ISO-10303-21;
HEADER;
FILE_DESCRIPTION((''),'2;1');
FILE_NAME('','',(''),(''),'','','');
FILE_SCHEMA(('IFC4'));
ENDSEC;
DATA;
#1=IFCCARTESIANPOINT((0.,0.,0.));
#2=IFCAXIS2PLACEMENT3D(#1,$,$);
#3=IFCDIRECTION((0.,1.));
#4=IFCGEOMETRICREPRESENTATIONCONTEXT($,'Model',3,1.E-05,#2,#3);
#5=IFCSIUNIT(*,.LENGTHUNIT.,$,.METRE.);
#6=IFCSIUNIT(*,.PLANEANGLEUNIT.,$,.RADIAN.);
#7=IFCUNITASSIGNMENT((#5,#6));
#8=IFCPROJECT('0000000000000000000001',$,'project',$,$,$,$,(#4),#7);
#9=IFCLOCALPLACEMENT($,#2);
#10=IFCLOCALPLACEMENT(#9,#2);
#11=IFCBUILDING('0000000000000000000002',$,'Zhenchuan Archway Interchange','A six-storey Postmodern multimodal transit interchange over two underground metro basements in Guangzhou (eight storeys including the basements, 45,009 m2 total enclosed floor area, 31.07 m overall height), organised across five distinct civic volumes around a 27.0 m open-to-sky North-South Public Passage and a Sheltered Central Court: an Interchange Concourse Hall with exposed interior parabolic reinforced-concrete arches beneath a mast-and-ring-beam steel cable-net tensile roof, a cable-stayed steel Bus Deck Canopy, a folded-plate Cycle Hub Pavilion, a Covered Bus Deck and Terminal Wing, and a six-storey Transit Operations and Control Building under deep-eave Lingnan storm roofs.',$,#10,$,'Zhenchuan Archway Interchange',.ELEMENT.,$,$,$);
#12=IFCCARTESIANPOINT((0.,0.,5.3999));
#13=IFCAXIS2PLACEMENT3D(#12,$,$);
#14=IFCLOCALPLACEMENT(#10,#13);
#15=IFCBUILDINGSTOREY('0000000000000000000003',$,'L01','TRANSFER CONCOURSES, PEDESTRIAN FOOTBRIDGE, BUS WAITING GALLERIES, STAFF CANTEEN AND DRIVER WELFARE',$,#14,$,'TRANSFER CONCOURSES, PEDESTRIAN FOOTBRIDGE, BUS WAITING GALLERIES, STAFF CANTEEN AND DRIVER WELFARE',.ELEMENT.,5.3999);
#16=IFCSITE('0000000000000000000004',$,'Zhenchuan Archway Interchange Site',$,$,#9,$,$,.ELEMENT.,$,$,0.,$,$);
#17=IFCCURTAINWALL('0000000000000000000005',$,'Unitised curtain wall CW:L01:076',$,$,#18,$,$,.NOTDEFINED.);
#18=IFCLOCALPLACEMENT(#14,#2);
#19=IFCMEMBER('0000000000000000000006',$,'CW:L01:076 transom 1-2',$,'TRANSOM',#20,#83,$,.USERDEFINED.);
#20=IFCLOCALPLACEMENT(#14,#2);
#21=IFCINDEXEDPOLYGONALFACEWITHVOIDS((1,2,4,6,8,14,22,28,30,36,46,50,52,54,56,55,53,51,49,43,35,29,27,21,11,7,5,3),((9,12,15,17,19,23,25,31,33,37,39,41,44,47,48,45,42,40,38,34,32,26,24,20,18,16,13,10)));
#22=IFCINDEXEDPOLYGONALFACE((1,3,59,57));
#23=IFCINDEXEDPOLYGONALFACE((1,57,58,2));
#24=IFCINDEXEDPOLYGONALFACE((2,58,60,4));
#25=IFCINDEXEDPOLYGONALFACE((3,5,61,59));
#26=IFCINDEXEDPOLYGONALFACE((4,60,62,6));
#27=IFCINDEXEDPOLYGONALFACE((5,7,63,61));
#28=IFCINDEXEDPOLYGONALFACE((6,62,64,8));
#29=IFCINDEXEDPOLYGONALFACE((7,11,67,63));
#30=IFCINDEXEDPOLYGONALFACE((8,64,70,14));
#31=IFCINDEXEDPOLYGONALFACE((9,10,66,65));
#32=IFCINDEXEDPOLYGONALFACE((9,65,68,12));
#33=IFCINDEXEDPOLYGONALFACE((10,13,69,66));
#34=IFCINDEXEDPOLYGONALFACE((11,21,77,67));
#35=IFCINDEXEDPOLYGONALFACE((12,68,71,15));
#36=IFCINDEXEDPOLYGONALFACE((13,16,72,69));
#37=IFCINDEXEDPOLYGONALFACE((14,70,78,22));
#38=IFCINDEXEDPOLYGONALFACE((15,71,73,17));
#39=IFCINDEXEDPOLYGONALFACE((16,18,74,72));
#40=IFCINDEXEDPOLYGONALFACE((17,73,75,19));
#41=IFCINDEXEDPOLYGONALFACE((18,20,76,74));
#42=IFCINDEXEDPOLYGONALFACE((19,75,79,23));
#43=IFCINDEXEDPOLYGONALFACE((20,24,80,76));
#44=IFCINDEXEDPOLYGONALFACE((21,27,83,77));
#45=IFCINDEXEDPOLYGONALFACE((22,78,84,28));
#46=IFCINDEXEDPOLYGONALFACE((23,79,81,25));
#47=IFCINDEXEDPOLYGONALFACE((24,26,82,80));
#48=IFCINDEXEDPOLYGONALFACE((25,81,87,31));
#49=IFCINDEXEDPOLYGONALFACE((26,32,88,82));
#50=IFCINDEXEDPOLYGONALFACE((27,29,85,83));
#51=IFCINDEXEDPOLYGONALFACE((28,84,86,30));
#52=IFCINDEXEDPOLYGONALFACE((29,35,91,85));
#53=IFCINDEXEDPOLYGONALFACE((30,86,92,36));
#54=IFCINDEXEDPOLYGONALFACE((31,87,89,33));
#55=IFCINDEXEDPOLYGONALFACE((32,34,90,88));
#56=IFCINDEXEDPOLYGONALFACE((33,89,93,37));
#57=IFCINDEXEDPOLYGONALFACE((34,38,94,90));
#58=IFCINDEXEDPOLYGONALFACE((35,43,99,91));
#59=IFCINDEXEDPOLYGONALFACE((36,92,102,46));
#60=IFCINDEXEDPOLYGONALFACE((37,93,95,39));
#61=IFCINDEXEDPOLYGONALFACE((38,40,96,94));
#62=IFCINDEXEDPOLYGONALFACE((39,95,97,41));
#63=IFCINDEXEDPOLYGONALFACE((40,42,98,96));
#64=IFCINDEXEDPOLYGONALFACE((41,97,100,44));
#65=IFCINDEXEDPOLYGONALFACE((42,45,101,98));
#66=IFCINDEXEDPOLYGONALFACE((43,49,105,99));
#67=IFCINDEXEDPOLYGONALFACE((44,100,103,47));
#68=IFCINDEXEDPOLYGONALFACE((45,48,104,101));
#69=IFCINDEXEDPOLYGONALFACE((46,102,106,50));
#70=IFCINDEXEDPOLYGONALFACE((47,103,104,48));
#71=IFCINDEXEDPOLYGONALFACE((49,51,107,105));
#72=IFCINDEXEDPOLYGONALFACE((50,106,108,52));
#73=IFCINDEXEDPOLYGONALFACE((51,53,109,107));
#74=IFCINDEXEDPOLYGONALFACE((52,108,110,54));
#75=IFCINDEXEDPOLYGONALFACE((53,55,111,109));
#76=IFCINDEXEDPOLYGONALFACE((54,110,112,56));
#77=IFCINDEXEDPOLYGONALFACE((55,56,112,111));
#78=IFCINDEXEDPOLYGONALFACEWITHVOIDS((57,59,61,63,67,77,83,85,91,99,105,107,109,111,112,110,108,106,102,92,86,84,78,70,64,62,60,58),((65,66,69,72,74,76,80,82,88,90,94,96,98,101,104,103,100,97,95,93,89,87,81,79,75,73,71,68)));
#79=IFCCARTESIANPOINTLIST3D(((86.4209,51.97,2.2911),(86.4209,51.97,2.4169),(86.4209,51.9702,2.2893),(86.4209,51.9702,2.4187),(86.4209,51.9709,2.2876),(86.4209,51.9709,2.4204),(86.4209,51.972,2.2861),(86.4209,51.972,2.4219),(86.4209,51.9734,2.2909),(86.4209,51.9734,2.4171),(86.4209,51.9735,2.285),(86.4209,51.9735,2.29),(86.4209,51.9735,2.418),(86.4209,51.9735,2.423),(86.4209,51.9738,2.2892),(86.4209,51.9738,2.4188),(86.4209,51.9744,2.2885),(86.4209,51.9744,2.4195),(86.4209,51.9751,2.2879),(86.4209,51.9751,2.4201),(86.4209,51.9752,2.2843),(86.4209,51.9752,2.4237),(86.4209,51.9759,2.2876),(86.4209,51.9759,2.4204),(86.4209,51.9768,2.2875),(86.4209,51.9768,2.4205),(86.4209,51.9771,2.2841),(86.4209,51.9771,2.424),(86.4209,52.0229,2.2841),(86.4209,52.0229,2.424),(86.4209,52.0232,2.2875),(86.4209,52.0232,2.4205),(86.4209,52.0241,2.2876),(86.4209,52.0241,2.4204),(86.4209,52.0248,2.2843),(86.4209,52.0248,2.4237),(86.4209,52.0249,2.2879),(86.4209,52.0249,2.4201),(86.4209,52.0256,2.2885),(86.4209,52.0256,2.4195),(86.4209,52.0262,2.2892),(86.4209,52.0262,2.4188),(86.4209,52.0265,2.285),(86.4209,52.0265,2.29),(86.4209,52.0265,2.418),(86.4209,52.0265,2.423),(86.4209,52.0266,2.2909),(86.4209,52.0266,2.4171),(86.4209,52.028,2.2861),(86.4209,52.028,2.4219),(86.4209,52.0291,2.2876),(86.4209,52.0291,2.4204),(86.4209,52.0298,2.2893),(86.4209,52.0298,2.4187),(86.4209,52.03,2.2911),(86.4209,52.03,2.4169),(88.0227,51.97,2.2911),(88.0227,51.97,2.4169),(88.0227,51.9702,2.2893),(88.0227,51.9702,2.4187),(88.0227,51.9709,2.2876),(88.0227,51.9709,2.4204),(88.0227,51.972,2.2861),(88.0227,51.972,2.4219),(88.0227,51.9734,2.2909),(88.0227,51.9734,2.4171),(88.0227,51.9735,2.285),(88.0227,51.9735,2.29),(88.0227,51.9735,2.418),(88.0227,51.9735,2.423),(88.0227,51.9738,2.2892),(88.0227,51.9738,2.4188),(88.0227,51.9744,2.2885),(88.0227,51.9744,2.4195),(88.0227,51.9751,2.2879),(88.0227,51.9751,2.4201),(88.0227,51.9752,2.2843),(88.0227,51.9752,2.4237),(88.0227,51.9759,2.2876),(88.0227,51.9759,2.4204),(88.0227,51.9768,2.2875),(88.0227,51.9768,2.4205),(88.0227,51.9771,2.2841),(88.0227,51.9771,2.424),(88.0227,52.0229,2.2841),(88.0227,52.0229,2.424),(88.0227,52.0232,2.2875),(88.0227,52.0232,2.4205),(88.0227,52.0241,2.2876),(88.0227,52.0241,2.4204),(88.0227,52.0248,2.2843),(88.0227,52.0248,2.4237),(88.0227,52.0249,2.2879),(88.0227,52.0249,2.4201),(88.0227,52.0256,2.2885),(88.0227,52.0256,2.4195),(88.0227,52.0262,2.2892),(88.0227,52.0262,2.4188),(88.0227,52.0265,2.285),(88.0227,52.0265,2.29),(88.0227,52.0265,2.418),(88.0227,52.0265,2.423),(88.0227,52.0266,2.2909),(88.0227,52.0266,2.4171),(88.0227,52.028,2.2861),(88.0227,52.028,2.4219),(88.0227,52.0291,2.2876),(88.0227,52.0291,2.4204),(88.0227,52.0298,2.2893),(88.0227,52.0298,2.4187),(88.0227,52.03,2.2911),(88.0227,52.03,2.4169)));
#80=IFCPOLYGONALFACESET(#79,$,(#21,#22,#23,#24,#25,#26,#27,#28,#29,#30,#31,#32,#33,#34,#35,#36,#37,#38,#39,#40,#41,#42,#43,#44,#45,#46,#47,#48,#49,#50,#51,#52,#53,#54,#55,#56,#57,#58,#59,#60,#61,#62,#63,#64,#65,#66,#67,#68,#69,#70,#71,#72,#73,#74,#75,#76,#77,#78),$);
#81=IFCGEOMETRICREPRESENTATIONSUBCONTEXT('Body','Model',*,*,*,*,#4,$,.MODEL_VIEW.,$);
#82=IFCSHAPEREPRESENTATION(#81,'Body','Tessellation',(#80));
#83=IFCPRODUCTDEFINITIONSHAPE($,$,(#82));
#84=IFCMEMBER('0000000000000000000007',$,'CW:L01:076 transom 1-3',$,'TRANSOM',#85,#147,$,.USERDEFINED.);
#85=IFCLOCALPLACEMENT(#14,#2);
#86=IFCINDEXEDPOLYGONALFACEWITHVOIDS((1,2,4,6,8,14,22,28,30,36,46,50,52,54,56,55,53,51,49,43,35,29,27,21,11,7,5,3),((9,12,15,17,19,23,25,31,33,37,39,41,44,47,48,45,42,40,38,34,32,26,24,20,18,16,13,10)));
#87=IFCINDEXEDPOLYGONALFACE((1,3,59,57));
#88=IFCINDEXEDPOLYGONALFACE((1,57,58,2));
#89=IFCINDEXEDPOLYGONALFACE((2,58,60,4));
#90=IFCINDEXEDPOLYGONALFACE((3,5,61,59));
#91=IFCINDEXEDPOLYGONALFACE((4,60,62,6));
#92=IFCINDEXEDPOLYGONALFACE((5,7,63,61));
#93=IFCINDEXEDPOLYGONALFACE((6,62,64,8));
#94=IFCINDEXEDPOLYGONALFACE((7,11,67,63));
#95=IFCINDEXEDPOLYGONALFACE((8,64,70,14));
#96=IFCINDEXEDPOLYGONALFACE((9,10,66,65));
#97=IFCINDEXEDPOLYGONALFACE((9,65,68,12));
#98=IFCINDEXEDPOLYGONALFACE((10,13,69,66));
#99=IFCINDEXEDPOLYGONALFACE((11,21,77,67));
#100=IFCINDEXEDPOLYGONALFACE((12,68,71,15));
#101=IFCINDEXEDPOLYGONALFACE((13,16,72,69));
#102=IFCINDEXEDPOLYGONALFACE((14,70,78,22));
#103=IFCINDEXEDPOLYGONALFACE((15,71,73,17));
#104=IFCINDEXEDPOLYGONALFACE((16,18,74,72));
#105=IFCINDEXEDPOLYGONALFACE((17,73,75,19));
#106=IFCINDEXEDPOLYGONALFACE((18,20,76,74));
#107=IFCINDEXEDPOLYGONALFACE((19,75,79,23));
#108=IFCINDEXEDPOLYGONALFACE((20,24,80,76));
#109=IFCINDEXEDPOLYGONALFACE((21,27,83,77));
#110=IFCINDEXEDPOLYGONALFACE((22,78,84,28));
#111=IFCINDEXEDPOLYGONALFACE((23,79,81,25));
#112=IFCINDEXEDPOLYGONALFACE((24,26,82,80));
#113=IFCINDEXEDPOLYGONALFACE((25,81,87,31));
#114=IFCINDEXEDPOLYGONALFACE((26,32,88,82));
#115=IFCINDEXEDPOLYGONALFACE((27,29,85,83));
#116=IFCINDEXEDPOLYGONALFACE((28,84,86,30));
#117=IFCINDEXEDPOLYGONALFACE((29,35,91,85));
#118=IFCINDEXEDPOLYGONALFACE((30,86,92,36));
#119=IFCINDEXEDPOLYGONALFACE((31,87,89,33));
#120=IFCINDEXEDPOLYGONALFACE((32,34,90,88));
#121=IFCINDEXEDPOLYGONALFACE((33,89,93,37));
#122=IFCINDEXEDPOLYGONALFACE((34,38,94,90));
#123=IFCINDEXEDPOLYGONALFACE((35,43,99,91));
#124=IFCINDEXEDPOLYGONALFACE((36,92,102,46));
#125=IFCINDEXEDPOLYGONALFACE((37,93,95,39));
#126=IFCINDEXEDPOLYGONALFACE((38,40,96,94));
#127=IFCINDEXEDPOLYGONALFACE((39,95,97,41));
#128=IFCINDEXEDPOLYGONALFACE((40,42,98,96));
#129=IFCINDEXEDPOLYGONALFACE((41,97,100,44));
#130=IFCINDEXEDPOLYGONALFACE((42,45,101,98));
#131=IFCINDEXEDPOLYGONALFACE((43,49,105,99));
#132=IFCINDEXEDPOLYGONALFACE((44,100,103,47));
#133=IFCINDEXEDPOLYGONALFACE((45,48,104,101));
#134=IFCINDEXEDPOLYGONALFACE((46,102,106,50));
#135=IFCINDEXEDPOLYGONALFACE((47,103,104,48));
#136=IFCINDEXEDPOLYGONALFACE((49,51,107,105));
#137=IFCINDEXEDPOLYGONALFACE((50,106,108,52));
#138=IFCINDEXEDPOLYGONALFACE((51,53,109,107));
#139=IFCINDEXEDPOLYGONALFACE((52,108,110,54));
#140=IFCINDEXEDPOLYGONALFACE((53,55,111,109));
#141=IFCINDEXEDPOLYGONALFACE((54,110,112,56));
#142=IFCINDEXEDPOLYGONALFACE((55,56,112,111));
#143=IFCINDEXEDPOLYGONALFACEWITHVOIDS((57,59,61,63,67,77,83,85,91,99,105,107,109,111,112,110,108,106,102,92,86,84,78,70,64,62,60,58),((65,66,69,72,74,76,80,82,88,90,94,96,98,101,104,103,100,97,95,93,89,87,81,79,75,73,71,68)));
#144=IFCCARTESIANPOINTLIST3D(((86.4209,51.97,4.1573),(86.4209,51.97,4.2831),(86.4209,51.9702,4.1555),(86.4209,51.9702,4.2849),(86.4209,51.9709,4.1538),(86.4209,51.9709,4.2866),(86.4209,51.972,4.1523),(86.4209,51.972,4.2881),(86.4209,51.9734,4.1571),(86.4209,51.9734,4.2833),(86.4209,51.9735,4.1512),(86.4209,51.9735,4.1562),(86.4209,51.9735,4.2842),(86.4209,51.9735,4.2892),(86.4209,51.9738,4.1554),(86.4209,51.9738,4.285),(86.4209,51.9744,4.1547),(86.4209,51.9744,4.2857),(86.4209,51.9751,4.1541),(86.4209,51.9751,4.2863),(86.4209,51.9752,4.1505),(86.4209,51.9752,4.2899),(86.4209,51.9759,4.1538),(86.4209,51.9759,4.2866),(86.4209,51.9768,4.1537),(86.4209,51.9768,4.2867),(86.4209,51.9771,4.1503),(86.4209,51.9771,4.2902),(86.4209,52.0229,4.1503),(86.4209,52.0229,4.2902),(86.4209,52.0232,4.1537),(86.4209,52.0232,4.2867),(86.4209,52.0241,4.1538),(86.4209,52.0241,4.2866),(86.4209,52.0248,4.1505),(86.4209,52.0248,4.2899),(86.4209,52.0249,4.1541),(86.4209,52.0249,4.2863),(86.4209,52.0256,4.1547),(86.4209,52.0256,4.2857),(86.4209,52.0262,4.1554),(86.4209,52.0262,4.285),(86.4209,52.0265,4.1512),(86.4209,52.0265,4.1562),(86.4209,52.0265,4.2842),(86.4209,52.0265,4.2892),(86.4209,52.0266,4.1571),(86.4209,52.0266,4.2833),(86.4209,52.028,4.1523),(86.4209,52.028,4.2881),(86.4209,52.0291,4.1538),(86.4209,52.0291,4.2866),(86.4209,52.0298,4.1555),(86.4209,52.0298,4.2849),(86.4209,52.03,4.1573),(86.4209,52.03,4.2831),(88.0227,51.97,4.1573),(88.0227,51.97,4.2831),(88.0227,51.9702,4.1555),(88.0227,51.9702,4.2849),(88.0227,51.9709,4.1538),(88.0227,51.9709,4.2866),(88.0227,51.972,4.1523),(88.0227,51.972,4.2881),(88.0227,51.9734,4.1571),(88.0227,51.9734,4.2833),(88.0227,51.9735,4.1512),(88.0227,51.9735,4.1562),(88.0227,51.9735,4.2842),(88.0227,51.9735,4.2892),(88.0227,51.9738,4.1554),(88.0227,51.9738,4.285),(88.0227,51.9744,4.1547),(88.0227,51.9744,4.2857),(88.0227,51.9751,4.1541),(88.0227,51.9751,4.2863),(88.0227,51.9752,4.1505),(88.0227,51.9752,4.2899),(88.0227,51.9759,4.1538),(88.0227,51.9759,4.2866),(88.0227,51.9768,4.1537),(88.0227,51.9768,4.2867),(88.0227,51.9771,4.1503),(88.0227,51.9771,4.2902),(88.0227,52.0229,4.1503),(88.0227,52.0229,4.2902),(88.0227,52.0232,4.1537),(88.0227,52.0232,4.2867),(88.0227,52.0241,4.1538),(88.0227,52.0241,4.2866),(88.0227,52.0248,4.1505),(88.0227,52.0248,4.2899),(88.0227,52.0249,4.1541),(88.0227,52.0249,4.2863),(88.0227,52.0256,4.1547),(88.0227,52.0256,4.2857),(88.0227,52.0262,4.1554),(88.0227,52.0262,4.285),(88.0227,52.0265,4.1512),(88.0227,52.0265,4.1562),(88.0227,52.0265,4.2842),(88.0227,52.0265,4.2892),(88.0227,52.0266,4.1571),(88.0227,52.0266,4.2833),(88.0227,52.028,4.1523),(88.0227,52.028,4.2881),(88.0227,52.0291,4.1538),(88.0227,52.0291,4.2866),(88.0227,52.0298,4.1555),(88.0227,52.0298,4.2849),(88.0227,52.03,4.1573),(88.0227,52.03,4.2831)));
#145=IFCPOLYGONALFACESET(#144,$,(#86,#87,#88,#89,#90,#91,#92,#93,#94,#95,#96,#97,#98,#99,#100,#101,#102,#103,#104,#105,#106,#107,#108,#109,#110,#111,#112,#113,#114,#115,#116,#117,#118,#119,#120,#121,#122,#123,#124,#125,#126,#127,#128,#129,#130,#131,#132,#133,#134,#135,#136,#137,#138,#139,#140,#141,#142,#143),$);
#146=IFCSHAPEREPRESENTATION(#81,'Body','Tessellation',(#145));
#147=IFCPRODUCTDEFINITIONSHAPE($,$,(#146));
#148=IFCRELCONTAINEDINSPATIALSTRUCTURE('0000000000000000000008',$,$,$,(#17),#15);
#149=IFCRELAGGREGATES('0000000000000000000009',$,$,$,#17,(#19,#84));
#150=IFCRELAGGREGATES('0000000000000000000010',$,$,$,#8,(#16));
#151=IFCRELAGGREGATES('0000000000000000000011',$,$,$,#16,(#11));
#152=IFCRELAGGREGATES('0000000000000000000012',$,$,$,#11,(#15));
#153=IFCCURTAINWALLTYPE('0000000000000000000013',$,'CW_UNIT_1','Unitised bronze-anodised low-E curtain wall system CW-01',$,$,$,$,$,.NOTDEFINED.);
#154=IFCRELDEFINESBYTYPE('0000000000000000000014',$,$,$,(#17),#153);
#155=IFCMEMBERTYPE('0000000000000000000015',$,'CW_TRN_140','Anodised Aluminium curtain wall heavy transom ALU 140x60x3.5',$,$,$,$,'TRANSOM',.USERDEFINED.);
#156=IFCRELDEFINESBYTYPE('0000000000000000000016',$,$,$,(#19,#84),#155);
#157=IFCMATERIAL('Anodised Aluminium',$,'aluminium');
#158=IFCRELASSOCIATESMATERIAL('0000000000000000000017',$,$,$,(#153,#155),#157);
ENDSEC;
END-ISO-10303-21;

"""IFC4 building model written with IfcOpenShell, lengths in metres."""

from ifc_helpers import new_model, si_unit, direction, frame, origin, origin_2d, place, context, subcontext, project, spatial, hollow_rectangle, extrude, material, material_profile, profile_set, type_object, element, aggregate, save


model = new_model("IFC4")

# Units and contexts
model_context = context("Model", 3, precision=1e-05, world=origin(), true_north=direction((0.0, 1.0)))
body_context = subcontext(model_context, "Body", "Model", "MODEL_VIEW")
ifc_project = project(units=[si_unit("LENGTHUNIT", "METRE"), si_unit("PLANEANGLEUNIT", "RADIAN")], contexts=[model_context])

# Site, building, storey
site_placement = place(None, origin())
site = spatial("IfcSite", under=ifc_project, at=site_placement, Name="Zhenchuan Archway Interchange Site", CompositionType="ELEMENT", RefElevation=0.0)
building_placement = place(site_placement, origin())
building = spatial("IfcBuilding", under=site, at=building_placement, Name="Zhenchuan Archway Interchange", Description="A six-storey Postmodern multimodal transit interchange over two underground metro basements in Guangzhou (eight storeys including the basements, 45,009 m2 total enclosed floor area, 31.07 m overall height), organised across five distinct civic volumes around a 27.0 m open-to-sky North-South Public Passage and a Sheltered Central Court: an Interchange Concourse Hall with exposed interior parabolic reinforced-concrete arches beneath a mast-and-ring-beam steel cable-net tensile roof, a cable-stayed steel Bus Deck Canopy, a folded-plate Cycle Hub Pavilion, a Covered Bus Deck and Terminal Wing, and a six-storey Transit Operations and Control Building under deep-eave Lingnan storm roofs.", LongName="Zhenchuan Archway Interchange", CompositionType="ELEMENT")
storey_placement = place(building_placement, frame((0.0, 0.0, 5.3999)))
storey = spatial("IfcBuildingStorey", under=building, at=storey_placement, Name="L01", Description="TRANSFER CONCOURSES, PEDESTRIAN FOOTBRIDGE, BUS WAITING GALLERIES, STAFF CANTEEN AND DRIVER WELFARE", LongName="TRANSFER CONCOURSES, PEDESTRIAN FOOTBRIDGE, BUS WAITING GALLERIES, STAFF CANTEEN AND DRIVER WELFARE", CompositionType="ELEMENT", Elevation=5.3999)

# Shared definitions
ifc_material_1 = material(Name="Anodised Aluminium", Category="aluminium")

# Curtain wall
curtain_wall_type_1 = type_object("IfcCurtainWallType", Name="CW_UNIT_1", Description="Unitised bronze-anodised low-E curtain wall system CW-01", PredefinedType="NOTDEFINED", material=ifc_material_1)
curtain_wall_1_placement = place(storey_placement, origin())
curtain_wall_1 = element("IfcCurtainWall", 1, at=curtain_wall_1_placement, inside=storey, type_object=curtain_wall_type_1, Name="Unitised curtain wall CW:L01:076", PredefinedType="NOTDEFINED")

# Members
ifc_material_profile_1 = material_profile(ifc_material_1, hollow_rectangle(XDim=0.0601, YDim=0.1399, WallThickness=0.0034, InnerFilletRadius=0.0034, OuterFilletRadius=0.0071, at=origin_2d()), Name="ALU 140x60x3.5")
ifc_profile_set_1 = profile_set([ifc_material_profile_1], Name="Anodised Aluminium")
member_type_1 = type_object("IfcMemberType", Name="CW_TRN_140", Description="Anodised Aluminium curtain wall heavy transom ALU 140x60x3.5", ElementType="TRANSOM", PredefinedType="USERDEFINED", material=ifc_profile_set_1)
member_1_placement = place(storey_placement, frame((88.0227, 52.0, 2.354), z_axis=(-1.0, 0.0, 0.0), x_axis=(0.0, -1.0, 0.0)))
member_1 = element("IfcMember", 2, at=member_1_placement, type_object=member_type_1, Name="CW:L01:076 transom 1-2", ObjectType="TRANSOM", PredefinedType="USERDEFINED", context=body_context, shape_type="SweptSolid", body=[
    extrude(hollow_rectangle(XDim=0.0601, YDim=0.1399, WallThickness=0.0034, InnerFilletRadius=0.0034, OuterFilletRadius=0.0071, at=origin_2d()), origin(), (0.0, 0.0, 1.0), 1.6018),
])
member_2_placement = place(storey_placement, frame((88.0227, 52.0, 4.2202), z_axis=(-1.0, 0.0, 0.0), x_axis=(0.0, -1.0, 0.0)))
member_2 = element("IfcMember", 3, at=member_2_placement, type_object=member_type_1, Name="CW:L01:076 transom 1-3", ObjectType="TRANSOM", PredefinedType="USERDEFINED", context=body_context, shape_type="SweptSolid", body=[
    extrude(hollow_rectangle(XDim=0.0601, YDim=0.1399, WallThickness=0.0034, InnerFilletRadius=0.0034, OuterFilletRadius=0.0071, at=origin_2d()), origin(), (0.0, 0.0, 1.0), 1.6018),
])

aggregate(curtain_wall_1, [member_1, member_2])

save(model, "model.ifc")
